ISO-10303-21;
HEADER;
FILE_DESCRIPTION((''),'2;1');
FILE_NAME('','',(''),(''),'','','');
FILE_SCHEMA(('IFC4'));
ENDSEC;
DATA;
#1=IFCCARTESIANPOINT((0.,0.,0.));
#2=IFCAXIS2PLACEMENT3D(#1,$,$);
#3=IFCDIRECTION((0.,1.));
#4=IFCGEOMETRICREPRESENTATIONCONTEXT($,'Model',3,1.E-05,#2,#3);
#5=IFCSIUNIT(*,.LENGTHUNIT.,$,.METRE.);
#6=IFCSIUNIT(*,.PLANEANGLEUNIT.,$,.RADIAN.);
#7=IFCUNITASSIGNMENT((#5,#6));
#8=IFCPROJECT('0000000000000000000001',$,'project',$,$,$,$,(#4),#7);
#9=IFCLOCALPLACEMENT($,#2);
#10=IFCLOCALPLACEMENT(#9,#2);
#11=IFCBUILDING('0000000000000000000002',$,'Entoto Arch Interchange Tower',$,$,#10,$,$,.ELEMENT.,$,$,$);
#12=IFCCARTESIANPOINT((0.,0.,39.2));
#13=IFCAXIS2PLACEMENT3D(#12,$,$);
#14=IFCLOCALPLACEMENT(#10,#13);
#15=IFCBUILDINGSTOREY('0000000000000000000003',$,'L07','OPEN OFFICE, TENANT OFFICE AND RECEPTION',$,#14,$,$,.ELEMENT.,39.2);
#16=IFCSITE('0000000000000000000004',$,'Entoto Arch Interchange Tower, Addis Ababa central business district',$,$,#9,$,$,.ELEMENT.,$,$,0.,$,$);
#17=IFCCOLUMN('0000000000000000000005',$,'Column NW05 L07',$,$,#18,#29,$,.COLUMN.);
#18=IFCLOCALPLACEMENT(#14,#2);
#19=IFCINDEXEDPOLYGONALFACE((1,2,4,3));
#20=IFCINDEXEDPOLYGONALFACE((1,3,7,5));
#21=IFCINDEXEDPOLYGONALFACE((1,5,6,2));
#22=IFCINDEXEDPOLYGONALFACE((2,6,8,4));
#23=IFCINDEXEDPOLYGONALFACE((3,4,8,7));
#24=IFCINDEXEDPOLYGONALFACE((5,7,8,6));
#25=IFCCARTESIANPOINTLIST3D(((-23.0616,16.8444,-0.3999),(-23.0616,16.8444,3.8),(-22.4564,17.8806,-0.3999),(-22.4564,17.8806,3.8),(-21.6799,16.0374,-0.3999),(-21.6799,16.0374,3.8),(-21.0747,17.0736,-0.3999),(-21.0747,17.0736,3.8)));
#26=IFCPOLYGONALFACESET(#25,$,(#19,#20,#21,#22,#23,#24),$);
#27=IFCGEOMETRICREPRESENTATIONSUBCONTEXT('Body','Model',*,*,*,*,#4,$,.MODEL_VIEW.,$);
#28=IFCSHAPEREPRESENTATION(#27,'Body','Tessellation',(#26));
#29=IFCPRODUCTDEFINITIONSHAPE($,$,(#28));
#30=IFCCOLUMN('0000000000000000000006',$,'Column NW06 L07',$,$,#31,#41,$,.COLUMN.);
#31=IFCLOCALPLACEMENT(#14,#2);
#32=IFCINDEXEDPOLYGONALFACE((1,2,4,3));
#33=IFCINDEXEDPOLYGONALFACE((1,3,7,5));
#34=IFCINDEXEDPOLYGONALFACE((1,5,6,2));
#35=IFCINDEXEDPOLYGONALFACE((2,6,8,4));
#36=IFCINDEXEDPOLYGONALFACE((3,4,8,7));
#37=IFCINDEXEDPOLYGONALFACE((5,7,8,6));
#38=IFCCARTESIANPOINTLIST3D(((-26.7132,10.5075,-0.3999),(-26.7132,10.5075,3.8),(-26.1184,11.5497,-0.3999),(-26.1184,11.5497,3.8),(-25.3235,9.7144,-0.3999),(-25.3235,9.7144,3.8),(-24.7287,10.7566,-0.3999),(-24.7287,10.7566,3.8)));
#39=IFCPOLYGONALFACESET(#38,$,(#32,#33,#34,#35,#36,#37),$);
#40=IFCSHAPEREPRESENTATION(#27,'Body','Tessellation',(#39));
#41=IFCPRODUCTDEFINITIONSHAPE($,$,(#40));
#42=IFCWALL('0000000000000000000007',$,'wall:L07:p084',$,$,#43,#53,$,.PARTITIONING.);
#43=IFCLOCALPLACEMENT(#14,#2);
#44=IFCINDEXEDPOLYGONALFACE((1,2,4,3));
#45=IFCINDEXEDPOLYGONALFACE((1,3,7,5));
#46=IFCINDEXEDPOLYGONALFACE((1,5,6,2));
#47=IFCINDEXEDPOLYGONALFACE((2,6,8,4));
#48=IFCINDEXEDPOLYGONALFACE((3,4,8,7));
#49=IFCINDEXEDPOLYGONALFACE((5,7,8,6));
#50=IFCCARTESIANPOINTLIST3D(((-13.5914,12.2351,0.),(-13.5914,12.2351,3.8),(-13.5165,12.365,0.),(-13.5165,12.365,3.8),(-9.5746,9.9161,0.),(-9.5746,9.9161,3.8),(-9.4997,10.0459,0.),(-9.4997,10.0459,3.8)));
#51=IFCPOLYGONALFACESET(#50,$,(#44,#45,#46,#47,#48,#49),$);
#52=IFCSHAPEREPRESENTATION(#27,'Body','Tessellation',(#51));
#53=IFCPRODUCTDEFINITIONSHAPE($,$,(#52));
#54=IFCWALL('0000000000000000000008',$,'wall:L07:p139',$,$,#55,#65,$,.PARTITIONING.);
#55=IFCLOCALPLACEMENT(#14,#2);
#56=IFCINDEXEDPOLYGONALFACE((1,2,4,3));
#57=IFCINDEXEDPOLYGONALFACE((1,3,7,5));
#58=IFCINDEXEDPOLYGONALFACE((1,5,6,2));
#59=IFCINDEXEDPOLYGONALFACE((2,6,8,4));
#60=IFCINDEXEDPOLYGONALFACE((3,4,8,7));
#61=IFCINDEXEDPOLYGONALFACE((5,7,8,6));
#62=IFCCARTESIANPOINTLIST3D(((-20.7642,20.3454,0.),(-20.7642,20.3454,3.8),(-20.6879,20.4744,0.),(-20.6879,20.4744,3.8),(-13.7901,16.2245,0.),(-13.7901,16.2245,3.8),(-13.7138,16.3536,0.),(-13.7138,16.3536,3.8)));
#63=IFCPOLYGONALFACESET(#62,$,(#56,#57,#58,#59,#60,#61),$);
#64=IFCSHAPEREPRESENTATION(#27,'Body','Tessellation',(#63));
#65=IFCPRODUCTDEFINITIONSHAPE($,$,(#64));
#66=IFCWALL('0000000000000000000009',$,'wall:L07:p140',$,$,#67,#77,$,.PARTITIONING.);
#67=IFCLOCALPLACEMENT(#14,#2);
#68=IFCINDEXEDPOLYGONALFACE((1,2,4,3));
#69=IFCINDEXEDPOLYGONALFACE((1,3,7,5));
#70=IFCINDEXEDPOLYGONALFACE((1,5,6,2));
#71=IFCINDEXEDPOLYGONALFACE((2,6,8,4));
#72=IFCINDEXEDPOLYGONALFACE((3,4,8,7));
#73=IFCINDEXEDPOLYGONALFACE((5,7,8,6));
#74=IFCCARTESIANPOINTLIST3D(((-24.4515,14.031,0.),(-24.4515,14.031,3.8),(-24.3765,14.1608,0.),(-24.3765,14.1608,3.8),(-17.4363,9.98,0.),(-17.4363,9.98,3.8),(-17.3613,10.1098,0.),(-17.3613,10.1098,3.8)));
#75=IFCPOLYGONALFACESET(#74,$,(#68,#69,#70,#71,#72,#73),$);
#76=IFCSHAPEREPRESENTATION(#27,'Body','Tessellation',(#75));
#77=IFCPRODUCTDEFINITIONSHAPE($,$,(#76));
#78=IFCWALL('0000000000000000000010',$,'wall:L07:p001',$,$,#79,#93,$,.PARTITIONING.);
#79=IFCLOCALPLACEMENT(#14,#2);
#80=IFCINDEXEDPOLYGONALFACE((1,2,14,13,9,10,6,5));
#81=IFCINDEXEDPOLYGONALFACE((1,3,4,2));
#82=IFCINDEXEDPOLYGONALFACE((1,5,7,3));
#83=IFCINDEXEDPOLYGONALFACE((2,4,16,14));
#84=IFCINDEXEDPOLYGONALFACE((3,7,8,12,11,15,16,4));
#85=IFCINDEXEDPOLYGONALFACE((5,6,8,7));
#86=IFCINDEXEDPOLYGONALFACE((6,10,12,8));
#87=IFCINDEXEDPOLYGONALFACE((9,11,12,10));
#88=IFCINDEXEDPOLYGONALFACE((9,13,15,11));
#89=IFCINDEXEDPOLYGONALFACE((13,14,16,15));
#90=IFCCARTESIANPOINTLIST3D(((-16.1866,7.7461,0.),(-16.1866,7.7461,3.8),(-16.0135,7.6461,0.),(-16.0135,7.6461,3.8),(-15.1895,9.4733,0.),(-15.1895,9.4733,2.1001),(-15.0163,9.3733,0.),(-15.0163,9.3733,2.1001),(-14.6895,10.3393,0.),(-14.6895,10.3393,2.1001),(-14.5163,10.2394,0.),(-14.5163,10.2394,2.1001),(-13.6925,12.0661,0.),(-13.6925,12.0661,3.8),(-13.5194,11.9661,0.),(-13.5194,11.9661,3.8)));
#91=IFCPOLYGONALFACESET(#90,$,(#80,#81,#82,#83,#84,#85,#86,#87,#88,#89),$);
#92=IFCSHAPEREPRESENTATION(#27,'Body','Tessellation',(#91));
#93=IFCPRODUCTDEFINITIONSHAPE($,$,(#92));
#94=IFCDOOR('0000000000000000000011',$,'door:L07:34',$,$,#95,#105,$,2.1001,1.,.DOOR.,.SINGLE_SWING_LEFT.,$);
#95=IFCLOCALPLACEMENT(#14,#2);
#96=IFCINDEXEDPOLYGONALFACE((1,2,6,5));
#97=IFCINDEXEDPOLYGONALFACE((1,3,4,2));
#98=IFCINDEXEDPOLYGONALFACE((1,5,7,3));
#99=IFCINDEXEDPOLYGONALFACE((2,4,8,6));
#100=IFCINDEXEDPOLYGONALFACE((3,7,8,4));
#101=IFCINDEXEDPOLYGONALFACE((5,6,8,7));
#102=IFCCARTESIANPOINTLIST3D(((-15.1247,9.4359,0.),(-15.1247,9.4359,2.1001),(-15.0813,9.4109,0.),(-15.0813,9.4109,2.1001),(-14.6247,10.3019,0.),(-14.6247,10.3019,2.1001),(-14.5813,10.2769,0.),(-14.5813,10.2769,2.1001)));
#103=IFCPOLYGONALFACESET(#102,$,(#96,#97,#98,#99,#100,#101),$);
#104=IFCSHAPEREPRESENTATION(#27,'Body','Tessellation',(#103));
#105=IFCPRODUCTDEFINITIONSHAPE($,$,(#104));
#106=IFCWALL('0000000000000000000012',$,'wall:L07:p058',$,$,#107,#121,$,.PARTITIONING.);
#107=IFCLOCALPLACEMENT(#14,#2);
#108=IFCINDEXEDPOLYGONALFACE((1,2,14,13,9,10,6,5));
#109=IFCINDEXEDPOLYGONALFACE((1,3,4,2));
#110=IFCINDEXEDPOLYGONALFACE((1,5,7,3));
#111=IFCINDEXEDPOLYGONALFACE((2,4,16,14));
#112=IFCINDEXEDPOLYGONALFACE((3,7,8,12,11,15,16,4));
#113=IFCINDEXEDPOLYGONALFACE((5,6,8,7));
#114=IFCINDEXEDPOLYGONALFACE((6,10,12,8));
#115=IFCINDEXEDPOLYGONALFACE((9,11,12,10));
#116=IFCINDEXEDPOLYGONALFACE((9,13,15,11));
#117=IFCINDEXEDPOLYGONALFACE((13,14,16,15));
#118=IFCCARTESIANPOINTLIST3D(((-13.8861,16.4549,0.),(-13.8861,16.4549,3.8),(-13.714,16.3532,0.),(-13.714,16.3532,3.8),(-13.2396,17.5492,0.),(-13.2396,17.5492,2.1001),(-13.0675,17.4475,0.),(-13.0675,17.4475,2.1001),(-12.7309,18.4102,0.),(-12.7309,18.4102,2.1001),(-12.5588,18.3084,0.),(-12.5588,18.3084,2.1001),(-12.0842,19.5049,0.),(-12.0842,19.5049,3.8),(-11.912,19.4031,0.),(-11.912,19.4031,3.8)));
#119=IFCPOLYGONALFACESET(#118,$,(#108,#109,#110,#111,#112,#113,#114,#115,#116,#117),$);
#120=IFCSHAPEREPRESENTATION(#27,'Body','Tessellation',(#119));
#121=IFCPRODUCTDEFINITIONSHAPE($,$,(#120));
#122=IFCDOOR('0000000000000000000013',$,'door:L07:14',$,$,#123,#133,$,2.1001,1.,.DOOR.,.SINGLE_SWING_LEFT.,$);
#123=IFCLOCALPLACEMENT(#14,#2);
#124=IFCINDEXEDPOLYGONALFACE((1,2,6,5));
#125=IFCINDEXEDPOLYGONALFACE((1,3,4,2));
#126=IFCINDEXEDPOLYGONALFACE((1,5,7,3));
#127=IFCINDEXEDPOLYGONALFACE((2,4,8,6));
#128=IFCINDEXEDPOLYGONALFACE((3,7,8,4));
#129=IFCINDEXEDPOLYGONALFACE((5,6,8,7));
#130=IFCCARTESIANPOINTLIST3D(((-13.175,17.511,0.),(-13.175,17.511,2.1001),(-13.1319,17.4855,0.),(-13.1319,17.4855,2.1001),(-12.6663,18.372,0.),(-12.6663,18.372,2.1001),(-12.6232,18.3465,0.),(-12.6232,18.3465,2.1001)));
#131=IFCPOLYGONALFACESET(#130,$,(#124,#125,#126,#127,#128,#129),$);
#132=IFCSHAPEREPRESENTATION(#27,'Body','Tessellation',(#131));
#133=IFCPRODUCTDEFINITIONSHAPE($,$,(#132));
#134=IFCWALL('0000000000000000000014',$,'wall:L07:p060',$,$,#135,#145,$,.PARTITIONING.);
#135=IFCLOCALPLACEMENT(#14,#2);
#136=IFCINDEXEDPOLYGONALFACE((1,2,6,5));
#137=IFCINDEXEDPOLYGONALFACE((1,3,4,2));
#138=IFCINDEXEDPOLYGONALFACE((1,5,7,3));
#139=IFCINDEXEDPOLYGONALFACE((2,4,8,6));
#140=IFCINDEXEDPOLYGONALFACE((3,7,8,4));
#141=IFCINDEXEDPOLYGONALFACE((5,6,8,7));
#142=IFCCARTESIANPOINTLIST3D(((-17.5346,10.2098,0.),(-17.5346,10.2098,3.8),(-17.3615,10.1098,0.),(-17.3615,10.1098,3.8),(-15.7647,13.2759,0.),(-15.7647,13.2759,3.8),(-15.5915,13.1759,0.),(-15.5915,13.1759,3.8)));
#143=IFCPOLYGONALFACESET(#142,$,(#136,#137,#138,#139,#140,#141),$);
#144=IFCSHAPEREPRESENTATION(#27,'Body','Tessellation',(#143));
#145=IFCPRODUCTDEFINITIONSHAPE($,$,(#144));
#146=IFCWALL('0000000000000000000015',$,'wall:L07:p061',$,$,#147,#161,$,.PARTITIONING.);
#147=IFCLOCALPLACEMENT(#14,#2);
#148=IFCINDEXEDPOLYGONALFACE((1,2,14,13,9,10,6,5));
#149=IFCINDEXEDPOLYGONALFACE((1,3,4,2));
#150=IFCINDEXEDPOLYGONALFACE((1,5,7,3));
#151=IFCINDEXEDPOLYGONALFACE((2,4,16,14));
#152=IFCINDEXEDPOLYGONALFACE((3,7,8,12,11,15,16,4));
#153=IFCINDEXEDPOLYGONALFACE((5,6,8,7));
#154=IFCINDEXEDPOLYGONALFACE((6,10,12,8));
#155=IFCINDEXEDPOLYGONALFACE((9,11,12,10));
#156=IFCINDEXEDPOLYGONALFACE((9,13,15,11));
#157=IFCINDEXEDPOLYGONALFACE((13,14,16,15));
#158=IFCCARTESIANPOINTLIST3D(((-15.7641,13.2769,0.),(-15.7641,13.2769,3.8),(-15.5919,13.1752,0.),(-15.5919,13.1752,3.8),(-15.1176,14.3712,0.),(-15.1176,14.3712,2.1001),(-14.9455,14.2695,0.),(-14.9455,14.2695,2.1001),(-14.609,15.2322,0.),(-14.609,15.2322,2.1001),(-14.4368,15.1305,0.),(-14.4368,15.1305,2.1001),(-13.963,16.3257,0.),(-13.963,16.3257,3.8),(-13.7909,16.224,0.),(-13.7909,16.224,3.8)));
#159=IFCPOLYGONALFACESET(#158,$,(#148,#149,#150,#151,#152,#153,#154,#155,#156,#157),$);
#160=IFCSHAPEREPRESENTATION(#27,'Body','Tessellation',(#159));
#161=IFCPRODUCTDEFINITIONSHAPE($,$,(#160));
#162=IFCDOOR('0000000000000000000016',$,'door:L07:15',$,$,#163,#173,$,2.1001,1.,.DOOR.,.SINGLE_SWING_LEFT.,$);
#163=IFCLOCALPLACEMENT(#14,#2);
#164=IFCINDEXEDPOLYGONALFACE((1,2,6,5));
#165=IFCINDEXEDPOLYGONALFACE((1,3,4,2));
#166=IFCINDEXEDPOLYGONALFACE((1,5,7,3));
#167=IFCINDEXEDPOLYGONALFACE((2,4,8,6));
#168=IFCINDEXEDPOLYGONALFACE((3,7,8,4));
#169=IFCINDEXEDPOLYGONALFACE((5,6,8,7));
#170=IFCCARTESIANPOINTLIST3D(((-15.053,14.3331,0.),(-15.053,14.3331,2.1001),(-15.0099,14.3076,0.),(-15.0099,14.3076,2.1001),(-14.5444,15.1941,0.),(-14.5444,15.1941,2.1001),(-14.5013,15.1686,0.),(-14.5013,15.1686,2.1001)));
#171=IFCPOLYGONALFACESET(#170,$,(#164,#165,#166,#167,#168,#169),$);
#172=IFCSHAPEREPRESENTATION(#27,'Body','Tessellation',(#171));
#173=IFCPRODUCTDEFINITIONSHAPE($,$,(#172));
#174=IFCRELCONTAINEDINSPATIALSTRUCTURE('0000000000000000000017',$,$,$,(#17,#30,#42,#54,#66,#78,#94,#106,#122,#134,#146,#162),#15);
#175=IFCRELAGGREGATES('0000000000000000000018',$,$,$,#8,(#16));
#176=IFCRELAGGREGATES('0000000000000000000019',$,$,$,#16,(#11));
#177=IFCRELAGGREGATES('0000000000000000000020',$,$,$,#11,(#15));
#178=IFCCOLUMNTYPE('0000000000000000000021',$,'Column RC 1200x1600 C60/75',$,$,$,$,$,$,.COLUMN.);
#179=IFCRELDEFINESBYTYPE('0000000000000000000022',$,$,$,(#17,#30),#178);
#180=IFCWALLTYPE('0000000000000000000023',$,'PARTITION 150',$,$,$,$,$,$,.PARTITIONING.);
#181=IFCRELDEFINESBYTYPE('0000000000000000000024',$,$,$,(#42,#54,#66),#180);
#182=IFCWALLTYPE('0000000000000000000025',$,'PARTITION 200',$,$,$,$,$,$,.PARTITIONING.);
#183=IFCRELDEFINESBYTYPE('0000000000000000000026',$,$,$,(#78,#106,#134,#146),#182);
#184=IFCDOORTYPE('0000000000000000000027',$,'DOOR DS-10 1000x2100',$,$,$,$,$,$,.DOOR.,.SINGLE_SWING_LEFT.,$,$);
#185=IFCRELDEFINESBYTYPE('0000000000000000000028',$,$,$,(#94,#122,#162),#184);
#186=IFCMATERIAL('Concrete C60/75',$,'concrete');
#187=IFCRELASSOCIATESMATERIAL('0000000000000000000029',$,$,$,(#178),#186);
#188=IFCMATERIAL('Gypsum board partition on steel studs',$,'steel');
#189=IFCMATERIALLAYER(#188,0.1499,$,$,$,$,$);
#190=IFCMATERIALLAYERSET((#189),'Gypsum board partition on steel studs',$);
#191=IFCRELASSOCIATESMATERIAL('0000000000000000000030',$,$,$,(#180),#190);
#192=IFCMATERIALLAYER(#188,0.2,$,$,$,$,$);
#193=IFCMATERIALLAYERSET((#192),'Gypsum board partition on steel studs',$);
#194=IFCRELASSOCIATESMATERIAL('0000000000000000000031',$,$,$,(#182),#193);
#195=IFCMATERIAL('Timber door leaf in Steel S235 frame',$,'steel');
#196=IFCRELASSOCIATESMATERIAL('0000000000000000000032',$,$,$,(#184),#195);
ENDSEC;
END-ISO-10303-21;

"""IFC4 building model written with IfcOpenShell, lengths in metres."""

from ifc_helpers import new_model, si_unit, direction, frame, frame_2d, origin, origin_2d, place, context, subcontext, project, spatial, rectangle, extrude, material, layer, layer_set, material_profile, profile_set, type_object, element, fill, save


model = new_model("IFC4")

# Units and contexts
model_context = context("Model", 3, precision=1e-05, world=origin(), true_north=direction((0.0, 1.0)))
body_context = subcontext(model_context, "Body", "Model", "MODEL_VIEW")
ifc_project = project(units=[si_unit("LENGTHUNIT", "METRE"), si_unit("PLANEANGLEUNIT", "RADIAN")], contexts=[model_context])

# Site, building, storey
site_placement = place(None, origin())
site = spatial("IfcSite", under=ifc_project, at=site_placement, Name="Entoto Arch Interchange Tower, Addis Ababa central business district", CompositionType="ELEMENT", RefElevation=0.0)
building_placement = place(site_placement, origin())
building = spatial("IfcBuilding", under=site, at=building_placement, Name="Entoto Arch Interchange Tower", CompositionType="ELEMENT")
storey_placement = place(building_placement, frame((0.0, 0.0, 39.2)))
storey = spatial("IfcBuildingStorey", under=building, at=storey_placement, Name="L07", Description="OPEN OFFICE, TENANT OFFICE AND RECEPTION", CompositionType="ELEMENT", Elevation=39.2)

# Columns
ifc_material_1 = material(Name="Concrete C60/75", Category="concrete")
ifc_material_profile = material_profile(ifc_material_1, rectangle(XDim=1.2, YDim=1.6001, at=origin_2d()))
ifc_profile_set = profile_set([ifc_material_profile], Name="Concrete C60/75")
column_type = type_object("IfcColumnType", Name="Column RC 1200x1600 C60/75", PredefinedType="COLUMN", material=ifc_profile_set)
for number, where, z_axis, x_axis, name in (
    (1, (-22.0681, 16.959, -0.3999), (0.0, 0.0, 1.0), (0.504332, 0.86351, 0.0), "Column NW05 L07"),
    (2, (-25.7209, 10.6321, -0.3999), (0.0, 0.0, 1.0), (0.495656, 0.868519, 0.0), "Column NW06 L07"),
):
    element("IfcColumn", number, at=place(storey_placement, frame(where, z_axis=z_axis, x_axis=x_axis)), inside=storey, type_object=column_type, Name=name, PredefinedType="COLUMN", context=body_context, shape_type="SweptSolid", body=[
        extrude(rectangle(XDim=1.2, YDim=1.6001, at=origin_2d()), origin(), (0.0, 0.0, 1.0), 4.2),
    ])

# Walls
ifc_material_2 = material(Name="Gypsum board partition on steel studs", Category="steel")
ifc_layer_1 = layer(ifc_material_2, 0.1499)
ifc_layer_set_1 = layer_set([ifc_layer_1], Name="Gypsum board partition on steel studs")
wall_type_1 = type_object("IfcWallType", Name="PARTITION 150", PredefinedType="PARTITIONING", material=ifc_layer_set_1)
wall_1_placement = place(storey_placement, frame((-13.554, 12.3, 0.0), z_axis=(0.0, 0.0, 1.0), x_axis=(0.866029, -0.499994, 0.0)))
element("IfcWall", 3, at=wall_1_placement, inside=storey, type_object=wall_type_1, Name="wall:L07:p084", PredefinedType="PARTITIONING", context=body_context, shape_type="SweptSolid", body=[
    extrude(rectangle(XDim=4.6382, YDim=0.1499, at=frame_2d((2.3191, 0.0))), origin(), (0.0, 0.0, 1.0), 3.8),
])
wall_2_placement = place(storey_placement, frame((-13.752, 16.2891, 0.0), z_axis=(0.0, 0.0, 1.0), x_axis=(-0.860939, 0.508709, 0.0)))
element("IfcWall", 4, at=wall_2_placement, inside=storey, type_object=wall_type_1, Name="wall:L07:p139", PredefinedType="PARTITIONING", context=body_context, shape_type="SweptSolid", body=[
    extrude(rectangle(XDim=8.1006, YDim=0.1499, at=frame_2d((4.0503, 0.0))), origin(), (0.0, 0.0, 1.0), 3.8),
])
wall_3_placement = place(storey_placement, frame((-17.3989, 10.0449, 0.0), z_axis=(0.0, 0.0, 1.0), x_axis=(-0.865981, 0.500077, 0.0)))
element("IfcWall", 5, at=wall_3_placement, inside=storey, type_object=wall_type_1, Name="wall:L07:p140", PredefinedType="PARTITIONING", context=body_context, shape_type="SweptSolid", body=[
    extrude(rectangle(XDim=8.1008, YDim=0.1499, at=frame_2d((4.0503, 0.0))), origin(), (0.0, 0.0, 1.0), 3.8),
])

# Walls, openings, doors
ifc_layer_2 = layer(ifc_material_2, 0.2)
ifc_layer_set_2 = layer_set([ifc_layer_2], Name="Gypsum board partition on steel studs")
wall_type_2 = type_object("IfcWallType", Name="PARTITION 200", PredefinedType="PARTITIONING", material=ifc_layer_set_2)
wall_4_placement = place(storey_placement, frame((-13.606, 12.0161, 0.0), z_axis=(0.0, 0.0, 1.0), x_axis=(-0.499992, -0.86603, 0.0)))
wall_4 = element("IfcWall", 6, at=wall_4_placement, inside=storey, type_object=wall_type_2, Name="wall:L07:p001", PredefinedType="PARTITIONING", context=body_context, shape_type="SweptSolid", body=[
    extrude(rectangle(XDim=4.9883, YDim=0.2, at=frame_2d((2.4941, 0.0))), origin(), (0.0, 0.0, 1.0), 3.8),
])
opening_1_placement = place(wall_4_placement, frame((1.9939, 0.0, 0.0)))
opening_1 = element("IfcOpeningElement", 7, at=opening_1_placement, cuts=wall_4, PredefinedType="OPENING", context=body_context, shape_type="SweptSolid", body=[
    extrude(rectangle(XDim=1.0, YDim=2.1001, at=frame_2d((0.5, 1.05))), frame((0.0, 0.1099, 0.0), z_axis=(0.0, -1.0, 0.0), x_axis=(1.0, 0.0, 0.0)), (0.0, 0.0, 1.0), 0.22),
])
ifc_material_3 = material(Name="Timber door leaf in Steel S235 frame", Category="steel")
door_type = type_object("IfcDoorType", Name="DOOR DS-10 1000x2100", OperationType="SINGLE_SWING_LEFT", PredefinedType="DOOR", material=ifc_material_3)
door_1_placement = place(opening_1_placement, origin())
door_1 = element("IfcDoor", 8, at=door_1_placement, inside=storey, type_object=door_type, Name="door:L07:34", OperationType="SINGLE_SWING_LEFT", OverallHeight=2.1001, OverallWidth=1.0, PredefinedType="DOOR", context=body_context, shape_type="SweptSolid", body=[
    extrude(rectangle(XDim=1.0, YDim=2.1001, at=frame_2d((0.5, 1.05))), frame((0.0, 0.0249, 0.0), z_axis=(0.0, -1.0, 0.0), x_axis=(1.0, 0.0, 0.0)), (0.0, 0.0, 1.0), 0.05),
])
fill(opening_1, door_1)
wall_5_placement = place(storey_placement, frame((-13.8, 16.4041, 0.0), z_axis=(0.0, 0.0, 1.0), x_axis=(0.508667, 0.860964, 0.0)))
wall_5 = element("IfcWall", 9, at=wall_5_placement, inside=storey, type_object=wall_type_2, Name="wall:L07:p058", PredefinedType="PARTITIONING", context=body_context, shape_type="SweptSolid", body=[
    extrude(rectangle(XDim=3.5425, YDim=0.2, at=frame_2d((1.7712, 0.0))), origin(), (0.0, 0.0, 1.0), 3.8),
])
opening_2_placement = place(wall_5_placement, frame((1.271, 0.0, 0.0)))
opening_2 = element("IfcOpeningElement", 10, at=opening_2_placement, cuts=wall_5, PredefinedType="OPENING", context=body_context, shape_type="SweptSolid", body=[
    extrude(rectangle(XDim=1.0, YDim=2.1001, at=frame_2d((0.5, 1.05))), frame((0.0, 0.1099, 0.0), z_axis=(0.0, -1.0, 0.0), x_axis=(1.0, 0.0, 0.0)), (0.0, 0.0, 1.0), 0.22),
])
door_2_placement = place(opening_2_placement, origin())
door_2 = element("IfcDoor", 11, at=door_2_placement, inside=storey, type_object=door_type, Name="door:L07:14", OperationType="SINGLE_SWING_LEFT", OverallHeight=2.1001, OverallWidth=1.0, PredefinedType="DOOR", context=body_context, shape_type="SweptSolid", body=[
    extrude(rectangle(XDim=1.0, YDim=2.1001, at=frame_2d((0.5, 1.05))), frame((0.0, 0.0249, 0.0), z_axis=(0.0, -1.0, 0.0), x_axis=(1.0, 0.0, 0.0)), (0.0, 0.0, 1.0), 0.05),
])
fill(opening_2, door_2)

# Wall
wall_6_placement = place(storey_placement, frame((-17.448, 10.1599, 0.0), z_axis=(0.0, 0.0, 1.0), x_axis=(0.499951, 0.866054, 0.0)))
element("IfcWall", 12, at=wall_6_placement, inside=storey, type_object=wall_type_2, Name="wall:L07:p060", PredefinedType="PARTITIONING", context=body_context, shape_type="SweptSolid", body=[
    extrude(rectangle(XDim=3.5403, YDim=0.2, at=frame_2d((1.77, 0.0))), origin(), (0.0, 0.0, 1.0), 3.8),
])

# Wall, opening, door
wall_7_placement = place(storey_placement, frame((-15.678, 13.2261, 0.0), z_axis=(0.0, 0.0, 1.0), x_axis=(0.508613, 0.860995, 0.0)))
wall_7 = element("IfcWall", 13, at=wall_7_placement, inside=storey, type_object=wall_type_2, Name="wall:L07:p061", PredefinedType="PARTITIONING", context=body_context, shape_type="SweptSolid", body=[
    extrude(rectangle(XDim=3.541, YDim=0.2, at=frame_2d((1.7705, 0.0))), origin(), (0.0, 0.0, 1.0), 3.8),
])
opening_3_placement = place(wall_7_placement, frame((1.271, 0.0, 0.0)))
opening_3 = element("IfcOpeningElement", 14, at=opening_3_placement, cuts=wall_7, PredefinedType="OPENING", context=body_context, shape_type="SweptSolid", body=[
    extrude(rectangle(XDim=1.0, YDim=2.1001, at=frame_2d((0.5, 1.05))), frame((0.0, 0.1099, 0.0), z_axis=(0.0, -1.0, 0.0), x_axis=(1.0, 0.0, 0.0)), (0.0, 0.0, 1.0), 0.22),
])
door_3_placement = place(opening_3_placement, origin())
door_3 = element("IfcDoor", 15, at=door_3_placement, inside=storey, type_object=door_type, Name="door:L07:15", OperationType="SINGLE_SWING_LEFT", OverallHeight=2.1001, OverallWidth=1.0, PredefinedType="DOOR", context=body_context, shape_type="SweptSolid", body=[
    extrude(rectangle(XDim=1.0, YDim=2.1001, at=frame_2d((0.5, 1.05))), frame((0.0, 0.0249, 0.0), z_axis=(0.0, -1.0, 0.0), x_axis=(1.0, 0.0, 0.0)), (0.0, 0.0, 1.0), 0.05),
])
fill(opening_3, door_3)

save(model, "model.ifc")
